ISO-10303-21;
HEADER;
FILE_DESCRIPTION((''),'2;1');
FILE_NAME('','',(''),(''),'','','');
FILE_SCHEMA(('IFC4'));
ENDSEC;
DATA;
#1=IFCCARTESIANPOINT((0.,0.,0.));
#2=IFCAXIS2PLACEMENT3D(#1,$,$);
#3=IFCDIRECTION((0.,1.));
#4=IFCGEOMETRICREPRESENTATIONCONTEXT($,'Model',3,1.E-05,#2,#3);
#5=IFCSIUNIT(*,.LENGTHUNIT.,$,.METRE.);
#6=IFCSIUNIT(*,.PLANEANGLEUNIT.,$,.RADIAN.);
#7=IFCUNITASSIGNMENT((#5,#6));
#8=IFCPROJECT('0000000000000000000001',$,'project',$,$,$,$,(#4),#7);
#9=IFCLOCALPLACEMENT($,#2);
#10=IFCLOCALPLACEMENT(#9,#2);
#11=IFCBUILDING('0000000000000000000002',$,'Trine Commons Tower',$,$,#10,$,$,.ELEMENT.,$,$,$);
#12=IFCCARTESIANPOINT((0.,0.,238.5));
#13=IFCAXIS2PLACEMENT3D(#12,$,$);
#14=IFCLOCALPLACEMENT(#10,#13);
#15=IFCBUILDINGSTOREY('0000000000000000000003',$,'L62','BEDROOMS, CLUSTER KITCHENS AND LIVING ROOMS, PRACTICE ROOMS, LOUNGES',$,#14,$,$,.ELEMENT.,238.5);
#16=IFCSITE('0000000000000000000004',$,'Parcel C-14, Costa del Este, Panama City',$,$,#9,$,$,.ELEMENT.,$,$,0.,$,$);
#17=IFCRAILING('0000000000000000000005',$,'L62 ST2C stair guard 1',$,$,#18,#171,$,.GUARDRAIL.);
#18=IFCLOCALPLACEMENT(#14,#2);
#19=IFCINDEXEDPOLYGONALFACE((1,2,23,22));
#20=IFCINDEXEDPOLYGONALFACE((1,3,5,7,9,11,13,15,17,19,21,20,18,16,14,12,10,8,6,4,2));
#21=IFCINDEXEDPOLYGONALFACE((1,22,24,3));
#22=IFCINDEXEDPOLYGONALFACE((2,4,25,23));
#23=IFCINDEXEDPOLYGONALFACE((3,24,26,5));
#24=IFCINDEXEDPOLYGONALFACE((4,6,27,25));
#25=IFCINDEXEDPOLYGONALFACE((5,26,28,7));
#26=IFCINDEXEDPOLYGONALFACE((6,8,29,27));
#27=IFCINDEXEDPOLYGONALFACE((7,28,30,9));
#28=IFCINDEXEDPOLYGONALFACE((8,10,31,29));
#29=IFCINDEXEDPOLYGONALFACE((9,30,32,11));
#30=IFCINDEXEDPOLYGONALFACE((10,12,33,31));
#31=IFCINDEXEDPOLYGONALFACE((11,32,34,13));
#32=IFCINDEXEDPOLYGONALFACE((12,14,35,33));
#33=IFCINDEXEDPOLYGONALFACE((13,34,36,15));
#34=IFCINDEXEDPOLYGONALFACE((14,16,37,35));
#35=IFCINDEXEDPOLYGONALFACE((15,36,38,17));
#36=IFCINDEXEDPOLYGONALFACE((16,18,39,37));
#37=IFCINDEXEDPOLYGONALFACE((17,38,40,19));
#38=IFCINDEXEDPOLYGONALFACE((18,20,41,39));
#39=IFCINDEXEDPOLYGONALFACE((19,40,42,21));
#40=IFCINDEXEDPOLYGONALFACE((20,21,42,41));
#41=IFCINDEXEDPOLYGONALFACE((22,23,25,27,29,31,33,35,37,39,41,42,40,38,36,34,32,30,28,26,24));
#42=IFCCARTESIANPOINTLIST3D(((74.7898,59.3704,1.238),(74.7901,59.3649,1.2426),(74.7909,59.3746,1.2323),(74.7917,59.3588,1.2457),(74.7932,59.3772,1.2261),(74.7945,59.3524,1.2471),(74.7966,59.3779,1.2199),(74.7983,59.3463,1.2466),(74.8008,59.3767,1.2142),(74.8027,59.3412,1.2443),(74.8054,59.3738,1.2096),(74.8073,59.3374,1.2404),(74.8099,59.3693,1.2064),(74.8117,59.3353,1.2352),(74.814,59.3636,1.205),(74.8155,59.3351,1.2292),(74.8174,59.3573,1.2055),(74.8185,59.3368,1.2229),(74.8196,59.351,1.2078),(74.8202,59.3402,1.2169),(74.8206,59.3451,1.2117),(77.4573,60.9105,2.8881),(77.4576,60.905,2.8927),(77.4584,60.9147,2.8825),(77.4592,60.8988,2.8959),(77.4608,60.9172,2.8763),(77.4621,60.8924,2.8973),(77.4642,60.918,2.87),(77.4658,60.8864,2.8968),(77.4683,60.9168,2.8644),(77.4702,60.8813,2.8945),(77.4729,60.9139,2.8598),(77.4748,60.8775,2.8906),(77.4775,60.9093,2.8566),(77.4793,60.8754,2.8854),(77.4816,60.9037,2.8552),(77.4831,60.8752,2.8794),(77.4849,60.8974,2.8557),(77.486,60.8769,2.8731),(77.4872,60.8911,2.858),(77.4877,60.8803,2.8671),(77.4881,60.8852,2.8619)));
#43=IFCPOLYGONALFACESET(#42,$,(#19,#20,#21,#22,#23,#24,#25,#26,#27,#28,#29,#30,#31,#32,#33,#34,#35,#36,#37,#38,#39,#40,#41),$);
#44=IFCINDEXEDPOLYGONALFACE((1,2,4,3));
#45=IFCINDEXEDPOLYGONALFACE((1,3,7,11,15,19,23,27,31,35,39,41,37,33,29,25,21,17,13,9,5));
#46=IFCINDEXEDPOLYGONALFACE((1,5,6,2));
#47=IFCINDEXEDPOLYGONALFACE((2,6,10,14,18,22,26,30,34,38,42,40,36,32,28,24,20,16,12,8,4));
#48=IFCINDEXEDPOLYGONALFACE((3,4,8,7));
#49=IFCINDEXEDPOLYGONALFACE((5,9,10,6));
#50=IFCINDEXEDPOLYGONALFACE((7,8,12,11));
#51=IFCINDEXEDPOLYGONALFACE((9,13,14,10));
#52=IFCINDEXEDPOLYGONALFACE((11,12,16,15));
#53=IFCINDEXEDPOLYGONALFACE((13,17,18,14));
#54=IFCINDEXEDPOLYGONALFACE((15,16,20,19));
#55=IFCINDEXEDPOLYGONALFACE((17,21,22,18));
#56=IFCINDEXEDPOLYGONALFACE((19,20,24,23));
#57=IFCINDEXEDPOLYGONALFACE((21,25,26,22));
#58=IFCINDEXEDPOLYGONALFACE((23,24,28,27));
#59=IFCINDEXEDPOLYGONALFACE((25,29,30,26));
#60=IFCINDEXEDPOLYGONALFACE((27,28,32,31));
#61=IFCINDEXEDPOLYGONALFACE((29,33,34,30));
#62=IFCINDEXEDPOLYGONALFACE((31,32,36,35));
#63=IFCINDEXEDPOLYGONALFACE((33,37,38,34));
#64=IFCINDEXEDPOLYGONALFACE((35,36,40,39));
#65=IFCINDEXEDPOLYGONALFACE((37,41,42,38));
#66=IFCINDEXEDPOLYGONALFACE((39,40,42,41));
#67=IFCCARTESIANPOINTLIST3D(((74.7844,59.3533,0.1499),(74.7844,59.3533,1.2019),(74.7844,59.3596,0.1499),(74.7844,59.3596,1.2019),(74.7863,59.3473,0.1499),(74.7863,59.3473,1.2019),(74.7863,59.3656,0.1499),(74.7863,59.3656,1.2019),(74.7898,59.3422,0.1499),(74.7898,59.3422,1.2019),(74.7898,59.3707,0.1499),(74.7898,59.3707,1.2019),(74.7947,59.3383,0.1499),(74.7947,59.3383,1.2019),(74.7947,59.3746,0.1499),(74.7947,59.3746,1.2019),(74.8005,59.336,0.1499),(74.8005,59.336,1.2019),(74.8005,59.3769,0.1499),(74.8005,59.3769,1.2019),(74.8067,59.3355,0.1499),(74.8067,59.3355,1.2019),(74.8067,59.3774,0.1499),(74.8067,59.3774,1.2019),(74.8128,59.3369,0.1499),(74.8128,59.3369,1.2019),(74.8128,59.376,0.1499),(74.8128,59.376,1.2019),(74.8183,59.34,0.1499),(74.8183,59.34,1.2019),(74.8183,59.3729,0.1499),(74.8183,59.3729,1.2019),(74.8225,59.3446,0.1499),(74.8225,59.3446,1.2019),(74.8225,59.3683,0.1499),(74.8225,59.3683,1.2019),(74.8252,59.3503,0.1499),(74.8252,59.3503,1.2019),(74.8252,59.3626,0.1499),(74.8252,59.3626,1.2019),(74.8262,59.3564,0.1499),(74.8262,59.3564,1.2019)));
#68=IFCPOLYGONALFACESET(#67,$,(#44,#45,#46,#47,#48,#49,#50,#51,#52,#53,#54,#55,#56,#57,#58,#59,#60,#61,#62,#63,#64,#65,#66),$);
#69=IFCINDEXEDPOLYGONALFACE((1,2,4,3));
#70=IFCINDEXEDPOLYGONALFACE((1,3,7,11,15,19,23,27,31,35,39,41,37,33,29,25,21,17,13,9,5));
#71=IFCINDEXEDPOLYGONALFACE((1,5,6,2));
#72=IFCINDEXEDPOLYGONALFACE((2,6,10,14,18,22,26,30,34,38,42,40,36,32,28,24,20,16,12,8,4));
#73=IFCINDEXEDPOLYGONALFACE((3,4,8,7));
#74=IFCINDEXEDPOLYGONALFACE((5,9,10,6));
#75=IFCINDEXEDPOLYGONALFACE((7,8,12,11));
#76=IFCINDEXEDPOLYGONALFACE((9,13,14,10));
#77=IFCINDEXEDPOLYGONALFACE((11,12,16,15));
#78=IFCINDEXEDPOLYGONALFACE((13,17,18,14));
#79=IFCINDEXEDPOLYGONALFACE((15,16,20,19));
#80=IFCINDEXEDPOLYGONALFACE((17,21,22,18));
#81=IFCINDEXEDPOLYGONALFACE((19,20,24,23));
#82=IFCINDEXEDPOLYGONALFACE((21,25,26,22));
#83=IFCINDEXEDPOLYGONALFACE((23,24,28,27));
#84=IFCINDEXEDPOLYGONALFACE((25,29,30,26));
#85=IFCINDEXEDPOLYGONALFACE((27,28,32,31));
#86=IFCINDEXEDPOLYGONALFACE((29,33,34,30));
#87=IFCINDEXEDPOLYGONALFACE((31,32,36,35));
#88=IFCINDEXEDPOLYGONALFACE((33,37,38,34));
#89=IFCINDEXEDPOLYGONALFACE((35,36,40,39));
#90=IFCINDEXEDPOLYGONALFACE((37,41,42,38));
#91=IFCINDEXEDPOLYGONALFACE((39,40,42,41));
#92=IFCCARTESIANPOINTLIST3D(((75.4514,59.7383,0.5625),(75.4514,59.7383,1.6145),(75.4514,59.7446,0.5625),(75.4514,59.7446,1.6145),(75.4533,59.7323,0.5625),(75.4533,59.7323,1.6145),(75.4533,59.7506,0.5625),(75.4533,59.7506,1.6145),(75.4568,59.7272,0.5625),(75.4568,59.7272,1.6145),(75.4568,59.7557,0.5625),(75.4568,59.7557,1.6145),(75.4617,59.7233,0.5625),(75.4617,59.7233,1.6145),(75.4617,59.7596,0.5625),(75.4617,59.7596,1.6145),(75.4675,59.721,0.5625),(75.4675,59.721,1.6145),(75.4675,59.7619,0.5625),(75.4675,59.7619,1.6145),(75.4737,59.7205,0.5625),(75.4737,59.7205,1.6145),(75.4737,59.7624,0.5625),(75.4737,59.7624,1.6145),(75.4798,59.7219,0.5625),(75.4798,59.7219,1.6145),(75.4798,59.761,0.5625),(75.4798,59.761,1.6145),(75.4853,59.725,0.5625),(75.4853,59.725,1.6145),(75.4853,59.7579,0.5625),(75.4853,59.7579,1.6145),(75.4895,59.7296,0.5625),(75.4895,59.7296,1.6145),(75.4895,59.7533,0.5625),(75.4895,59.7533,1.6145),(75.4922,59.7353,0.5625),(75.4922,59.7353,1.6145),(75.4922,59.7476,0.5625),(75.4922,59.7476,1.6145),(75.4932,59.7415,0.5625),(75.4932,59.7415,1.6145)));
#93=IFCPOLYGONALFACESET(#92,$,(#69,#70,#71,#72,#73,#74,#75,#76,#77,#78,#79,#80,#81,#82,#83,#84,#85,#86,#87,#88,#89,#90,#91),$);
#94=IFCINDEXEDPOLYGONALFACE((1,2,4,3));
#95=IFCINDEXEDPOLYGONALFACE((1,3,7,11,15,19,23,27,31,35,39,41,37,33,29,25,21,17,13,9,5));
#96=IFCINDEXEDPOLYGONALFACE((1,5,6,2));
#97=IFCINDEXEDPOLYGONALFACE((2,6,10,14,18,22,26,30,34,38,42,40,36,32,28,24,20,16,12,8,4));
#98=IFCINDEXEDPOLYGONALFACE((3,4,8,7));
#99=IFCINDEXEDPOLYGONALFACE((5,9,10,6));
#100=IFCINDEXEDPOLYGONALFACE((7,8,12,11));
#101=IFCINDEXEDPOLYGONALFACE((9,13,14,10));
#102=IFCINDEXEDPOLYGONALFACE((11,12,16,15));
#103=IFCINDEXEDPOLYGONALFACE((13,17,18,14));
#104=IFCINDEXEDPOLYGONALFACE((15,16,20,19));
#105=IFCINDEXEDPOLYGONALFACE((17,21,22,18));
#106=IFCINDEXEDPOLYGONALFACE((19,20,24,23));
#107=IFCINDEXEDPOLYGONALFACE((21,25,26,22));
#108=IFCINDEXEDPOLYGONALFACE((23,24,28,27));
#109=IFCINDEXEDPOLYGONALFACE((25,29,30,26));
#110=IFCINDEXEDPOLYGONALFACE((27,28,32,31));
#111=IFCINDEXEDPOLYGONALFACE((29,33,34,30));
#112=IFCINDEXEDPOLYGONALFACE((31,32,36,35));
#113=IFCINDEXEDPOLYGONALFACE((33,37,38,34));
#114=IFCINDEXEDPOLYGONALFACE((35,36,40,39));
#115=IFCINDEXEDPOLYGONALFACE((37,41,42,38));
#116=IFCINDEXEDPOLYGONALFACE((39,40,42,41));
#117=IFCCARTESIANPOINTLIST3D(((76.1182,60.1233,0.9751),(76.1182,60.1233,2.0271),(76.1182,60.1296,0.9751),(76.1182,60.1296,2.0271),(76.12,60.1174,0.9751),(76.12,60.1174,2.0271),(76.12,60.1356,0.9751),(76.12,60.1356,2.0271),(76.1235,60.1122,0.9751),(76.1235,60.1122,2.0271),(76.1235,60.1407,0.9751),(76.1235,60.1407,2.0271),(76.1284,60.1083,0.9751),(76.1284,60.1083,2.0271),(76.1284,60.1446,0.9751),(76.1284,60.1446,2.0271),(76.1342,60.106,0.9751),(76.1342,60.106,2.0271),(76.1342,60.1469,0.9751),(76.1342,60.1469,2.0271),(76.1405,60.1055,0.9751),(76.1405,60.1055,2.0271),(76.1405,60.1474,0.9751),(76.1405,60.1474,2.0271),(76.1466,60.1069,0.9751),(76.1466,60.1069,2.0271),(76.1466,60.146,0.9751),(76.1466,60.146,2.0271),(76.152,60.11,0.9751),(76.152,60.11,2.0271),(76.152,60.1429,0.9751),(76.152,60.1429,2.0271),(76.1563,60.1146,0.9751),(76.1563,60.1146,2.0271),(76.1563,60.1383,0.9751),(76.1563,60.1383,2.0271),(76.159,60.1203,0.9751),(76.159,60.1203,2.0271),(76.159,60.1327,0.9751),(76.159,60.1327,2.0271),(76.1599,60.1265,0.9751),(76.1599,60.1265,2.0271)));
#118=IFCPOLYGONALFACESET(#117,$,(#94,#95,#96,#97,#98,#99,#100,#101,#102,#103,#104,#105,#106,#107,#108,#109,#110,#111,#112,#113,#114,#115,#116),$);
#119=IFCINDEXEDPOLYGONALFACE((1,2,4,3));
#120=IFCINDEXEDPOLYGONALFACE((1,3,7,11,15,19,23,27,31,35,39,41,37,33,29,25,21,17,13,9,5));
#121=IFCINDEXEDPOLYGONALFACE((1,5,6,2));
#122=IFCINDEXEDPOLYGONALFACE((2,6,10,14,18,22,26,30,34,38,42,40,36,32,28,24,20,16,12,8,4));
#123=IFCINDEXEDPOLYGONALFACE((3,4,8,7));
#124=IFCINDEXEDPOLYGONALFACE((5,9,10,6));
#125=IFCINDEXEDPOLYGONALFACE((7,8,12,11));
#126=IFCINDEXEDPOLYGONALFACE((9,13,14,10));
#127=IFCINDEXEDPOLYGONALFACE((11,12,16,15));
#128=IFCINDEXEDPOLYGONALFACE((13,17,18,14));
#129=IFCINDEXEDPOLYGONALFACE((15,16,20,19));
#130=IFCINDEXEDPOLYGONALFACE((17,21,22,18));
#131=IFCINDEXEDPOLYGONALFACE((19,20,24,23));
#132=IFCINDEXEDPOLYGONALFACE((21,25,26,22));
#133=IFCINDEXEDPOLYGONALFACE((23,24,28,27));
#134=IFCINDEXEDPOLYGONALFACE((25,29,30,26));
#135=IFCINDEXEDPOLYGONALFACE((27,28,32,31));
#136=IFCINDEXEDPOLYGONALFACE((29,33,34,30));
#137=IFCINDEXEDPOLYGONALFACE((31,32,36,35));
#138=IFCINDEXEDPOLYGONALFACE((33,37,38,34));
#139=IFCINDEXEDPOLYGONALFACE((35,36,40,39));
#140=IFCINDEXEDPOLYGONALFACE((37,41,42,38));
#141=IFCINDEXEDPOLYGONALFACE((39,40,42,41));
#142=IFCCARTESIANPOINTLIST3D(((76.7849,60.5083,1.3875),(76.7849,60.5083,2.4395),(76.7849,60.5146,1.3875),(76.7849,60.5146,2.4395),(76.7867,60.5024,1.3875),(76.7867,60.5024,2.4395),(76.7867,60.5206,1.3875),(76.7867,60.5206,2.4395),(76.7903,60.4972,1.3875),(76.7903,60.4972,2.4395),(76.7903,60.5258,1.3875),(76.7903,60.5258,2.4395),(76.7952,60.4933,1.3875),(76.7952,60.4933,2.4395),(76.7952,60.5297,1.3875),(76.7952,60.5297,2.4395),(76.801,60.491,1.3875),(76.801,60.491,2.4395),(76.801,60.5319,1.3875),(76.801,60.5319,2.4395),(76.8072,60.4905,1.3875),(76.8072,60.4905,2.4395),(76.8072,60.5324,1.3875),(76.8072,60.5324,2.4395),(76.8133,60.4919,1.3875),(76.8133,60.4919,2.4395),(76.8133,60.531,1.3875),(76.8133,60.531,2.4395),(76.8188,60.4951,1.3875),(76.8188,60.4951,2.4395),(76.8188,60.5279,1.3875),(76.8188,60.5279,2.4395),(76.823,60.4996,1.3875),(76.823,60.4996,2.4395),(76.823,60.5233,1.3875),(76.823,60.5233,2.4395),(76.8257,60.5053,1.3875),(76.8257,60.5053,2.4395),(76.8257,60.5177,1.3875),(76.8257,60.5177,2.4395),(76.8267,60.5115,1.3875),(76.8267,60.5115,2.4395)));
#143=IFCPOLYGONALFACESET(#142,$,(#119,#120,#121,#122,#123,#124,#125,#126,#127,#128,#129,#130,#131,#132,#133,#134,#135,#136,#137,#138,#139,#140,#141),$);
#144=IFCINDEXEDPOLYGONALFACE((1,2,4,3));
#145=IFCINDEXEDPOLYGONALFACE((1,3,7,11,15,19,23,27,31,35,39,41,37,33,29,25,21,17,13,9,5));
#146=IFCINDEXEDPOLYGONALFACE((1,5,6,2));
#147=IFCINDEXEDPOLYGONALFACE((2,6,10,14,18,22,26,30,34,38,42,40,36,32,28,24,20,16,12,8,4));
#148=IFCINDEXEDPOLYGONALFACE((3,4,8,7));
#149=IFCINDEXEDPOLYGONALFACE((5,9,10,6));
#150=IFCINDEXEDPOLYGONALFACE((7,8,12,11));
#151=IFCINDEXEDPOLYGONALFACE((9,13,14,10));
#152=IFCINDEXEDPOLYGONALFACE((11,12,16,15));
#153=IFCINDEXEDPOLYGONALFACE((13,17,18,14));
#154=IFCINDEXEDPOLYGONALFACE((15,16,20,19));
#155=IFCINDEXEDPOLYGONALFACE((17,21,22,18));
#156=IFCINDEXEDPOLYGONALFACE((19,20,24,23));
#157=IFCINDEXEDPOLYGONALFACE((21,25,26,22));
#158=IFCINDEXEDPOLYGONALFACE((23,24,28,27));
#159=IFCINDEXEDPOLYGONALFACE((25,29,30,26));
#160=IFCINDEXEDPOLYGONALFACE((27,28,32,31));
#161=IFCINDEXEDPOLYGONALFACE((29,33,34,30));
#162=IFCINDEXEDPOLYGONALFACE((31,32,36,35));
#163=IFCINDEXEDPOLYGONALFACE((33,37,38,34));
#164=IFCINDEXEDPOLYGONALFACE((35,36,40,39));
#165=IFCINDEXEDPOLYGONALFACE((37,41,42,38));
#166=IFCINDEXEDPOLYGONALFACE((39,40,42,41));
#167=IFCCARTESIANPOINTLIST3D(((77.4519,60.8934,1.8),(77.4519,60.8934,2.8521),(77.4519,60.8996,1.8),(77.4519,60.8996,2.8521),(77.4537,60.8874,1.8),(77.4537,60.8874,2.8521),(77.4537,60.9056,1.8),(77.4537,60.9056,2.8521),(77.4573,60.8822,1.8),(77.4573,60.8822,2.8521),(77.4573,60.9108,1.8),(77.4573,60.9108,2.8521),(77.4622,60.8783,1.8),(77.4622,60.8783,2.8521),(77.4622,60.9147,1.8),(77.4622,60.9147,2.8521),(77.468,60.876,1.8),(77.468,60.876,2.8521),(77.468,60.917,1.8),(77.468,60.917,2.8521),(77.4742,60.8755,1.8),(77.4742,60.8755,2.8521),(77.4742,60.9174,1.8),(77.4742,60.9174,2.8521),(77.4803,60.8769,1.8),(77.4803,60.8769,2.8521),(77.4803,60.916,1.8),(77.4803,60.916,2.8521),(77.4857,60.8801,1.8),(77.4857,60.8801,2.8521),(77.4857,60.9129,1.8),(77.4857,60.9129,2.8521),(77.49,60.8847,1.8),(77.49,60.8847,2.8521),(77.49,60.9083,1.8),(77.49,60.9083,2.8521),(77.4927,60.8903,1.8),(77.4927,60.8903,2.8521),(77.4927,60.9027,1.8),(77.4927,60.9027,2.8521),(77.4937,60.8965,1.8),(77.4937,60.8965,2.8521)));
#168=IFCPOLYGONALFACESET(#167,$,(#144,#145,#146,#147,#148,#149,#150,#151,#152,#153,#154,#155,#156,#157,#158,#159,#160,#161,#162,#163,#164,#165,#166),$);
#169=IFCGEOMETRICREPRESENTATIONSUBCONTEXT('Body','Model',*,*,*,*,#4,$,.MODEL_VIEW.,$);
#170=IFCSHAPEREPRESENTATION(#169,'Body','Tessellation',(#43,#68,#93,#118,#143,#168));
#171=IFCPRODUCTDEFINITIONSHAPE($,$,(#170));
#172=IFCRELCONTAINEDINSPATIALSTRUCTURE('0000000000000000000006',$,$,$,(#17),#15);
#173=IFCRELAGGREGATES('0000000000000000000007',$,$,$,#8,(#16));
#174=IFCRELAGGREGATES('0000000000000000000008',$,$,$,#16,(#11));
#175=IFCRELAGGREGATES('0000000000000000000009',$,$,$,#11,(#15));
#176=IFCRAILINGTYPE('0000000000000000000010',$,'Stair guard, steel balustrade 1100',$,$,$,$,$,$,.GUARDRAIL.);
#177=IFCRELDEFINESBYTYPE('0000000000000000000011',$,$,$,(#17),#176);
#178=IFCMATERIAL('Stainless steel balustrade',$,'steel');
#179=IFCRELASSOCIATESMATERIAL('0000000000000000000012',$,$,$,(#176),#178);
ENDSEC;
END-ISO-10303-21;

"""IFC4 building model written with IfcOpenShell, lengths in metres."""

from ifc_helpers import new_model, si_unit, direction, frame, origin, origin_2d, place, context, subcontext, project, spatial, circle, extrude, material, type_object, element, save


model = new_model("IFC4")

# Units and contexts
model_context = context("Model", 3, precision=1e-05, world=origin(), true_north=direction((0.0, 1.0)))
body_context = subcontext(model_context, "Body", "Model", "MODEL_VIEW")
ifc_project = project(units=[si_unit("LENGTHUNIT", "METRE"), si_unit("PLANEANGLEUNIT", "RADIAN")], contexts=[model_context])

# Site, building, storey
site_placement = place(None, origin())
site = spatial("IfcSite", under=ifc_project, at=site_placement, Name="Parcel C-14, Costa del Este, Panama City", CompositionType="ELEMENT", RefElevation=0.0)
building_placement = place(site_placement, origin())
building = spatial("IfcBuilding", under=site, at=building_placement, Name="Trine Commons Tower", CompositionType="ELEMENT")
storey_placement = place(building_placement, frame((0.0, 0.0, 238.5)))
storey = spatial("IfcBuildingStorey", under=building, at=storey_placement, Name="L62", Description="BEDROOMS, CLUSTER KITCHENS AND LIVING ROOMS, PRACTICE ROOMS, LOUNGES", CompositionType="ELEMENT", Elevation=238.5)

# Railing
ifc_material_1 = material(Name="Stainless steel balustrade", Category="steel")
railing_type_1 = type_object("IfcRailingType", Name="Stair guard, steel balustrade 1100", PredefinedType="GUARDRAIL", material=ifc_material_1)
railing_1_placement = place(storey_placement, frame((74.8052, 59.3564, 0.1499)))
element("IfcRailing", 1, at=railing_1_placement, inside=storey, type_object=railing_type_1, Name="L62 ST2C stair guard 1", PredefinedType="GUARDRAIL", context=body_context, shape_type="SweptSolid", body=[
    extrude(circle(Radius=0.0239, at=origin_2d()), frame((0.0, 0.0, 1.0762), z_axis=(0.76338, 0.440728, 0.472239), x_axis=(-0.499992, 0.86603, 0.0)), (0.0, 0.0, 1.0), 3.4944),
    extrude(circle(Radius=0.021, at=origin_2d()), origin(), (0.0, 0.0, 1.0), 1.052),
    extrude(circle(Radius=0.021, at=origin_2d()), frame((0.667, 0.385, 0.4126)), (0.0, 0.0, 1.0), 1.052),
    extrude(circle(Radius=0.021, at=origin_2d()), frame((1.3337, 0.77, 0.8252)), (0.0, 0.0, 1.0), 1.052),
    extrude(circle(Radius=0.021, at=origin_2d()), frame((2.0005, 1.155, 1.2375)), (0.0, 0.0, 1.0), 1.052),
    extrude(circle(Radius=0.021, at=origin_2d()), frame((2.6675, 1.54, 1.6501)), (0.0, 0.0, 1.0), 1.052),
])

save(model, "model.ifc")
